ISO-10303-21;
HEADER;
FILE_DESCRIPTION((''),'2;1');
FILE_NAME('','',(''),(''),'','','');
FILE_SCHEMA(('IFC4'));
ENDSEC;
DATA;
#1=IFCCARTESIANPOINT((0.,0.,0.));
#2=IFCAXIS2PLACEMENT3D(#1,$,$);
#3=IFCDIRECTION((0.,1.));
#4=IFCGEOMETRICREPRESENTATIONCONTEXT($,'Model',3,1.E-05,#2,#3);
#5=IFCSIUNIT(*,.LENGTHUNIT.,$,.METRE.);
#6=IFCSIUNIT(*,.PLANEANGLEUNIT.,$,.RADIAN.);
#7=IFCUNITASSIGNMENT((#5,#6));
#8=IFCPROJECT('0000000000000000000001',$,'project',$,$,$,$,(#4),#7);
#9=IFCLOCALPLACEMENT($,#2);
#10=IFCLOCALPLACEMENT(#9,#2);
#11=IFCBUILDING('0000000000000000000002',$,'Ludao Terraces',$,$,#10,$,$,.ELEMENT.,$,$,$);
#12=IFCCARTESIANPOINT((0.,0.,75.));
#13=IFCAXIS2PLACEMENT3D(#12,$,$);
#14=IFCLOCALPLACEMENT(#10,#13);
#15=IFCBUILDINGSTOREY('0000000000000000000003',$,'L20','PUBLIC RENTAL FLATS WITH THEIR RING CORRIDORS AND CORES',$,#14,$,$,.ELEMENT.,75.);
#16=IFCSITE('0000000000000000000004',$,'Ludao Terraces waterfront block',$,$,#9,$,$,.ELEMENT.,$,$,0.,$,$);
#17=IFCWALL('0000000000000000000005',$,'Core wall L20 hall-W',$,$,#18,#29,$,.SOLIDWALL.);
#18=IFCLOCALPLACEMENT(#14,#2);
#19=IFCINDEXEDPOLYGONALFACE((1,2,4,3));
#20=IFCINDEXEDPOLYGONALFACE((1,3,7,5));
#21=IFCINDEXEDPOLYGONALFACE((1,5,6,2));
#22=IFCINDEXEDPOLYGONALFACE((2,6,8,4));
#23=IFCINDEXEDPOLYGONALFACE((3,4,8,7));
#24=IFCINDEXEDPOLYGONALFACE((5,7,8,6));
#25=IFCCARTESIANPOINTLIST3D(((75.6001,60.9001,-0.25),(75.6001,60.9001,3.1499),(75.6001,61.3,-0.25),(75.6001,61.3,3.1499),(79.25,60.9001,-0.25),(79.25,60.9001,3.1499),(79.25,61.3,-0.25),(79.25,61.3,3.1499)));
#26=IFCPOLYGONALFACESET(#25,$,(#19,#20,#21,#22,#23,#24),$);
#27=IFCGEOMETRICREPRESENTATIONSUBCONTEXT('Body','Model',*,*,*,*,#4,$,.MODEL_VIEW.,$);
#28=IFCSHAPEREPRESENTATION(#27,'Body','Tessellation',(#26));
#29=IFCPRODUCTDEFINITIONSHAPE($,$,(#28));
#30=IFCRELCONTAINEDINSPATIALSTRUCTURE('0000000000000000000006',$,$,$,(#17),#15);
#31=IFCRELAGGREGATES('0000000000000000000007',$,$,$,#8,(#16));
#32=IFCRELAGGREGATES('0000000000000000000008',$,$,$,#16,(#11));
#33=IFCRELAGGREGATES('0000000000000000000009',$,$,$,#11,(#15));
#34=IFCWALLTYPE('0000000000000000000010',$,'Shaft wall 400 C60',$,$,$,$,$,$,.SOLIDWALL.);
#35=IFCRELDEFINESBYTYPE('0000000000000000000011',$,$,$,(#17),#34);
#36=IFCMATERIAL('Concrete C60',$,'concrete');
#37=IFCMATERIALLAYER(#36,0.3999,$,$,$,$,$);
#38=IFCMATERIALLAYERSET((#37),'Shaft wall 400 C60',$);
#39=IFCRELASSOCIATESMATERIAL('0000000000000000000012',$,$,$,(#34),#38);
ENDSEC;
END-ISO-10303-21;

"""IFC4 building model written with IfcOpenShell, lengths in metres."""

from ifc_helpers import new_model, si_unit, direction, frame, frame_2d, origin, place, context, subcontext, project, spatial, rectangle, extrude, material, layer, layer_set, type_object, element, save


model = new_model("IFC4")

# Units and contexts
model_context = context("Model", 3, precision=1e-05, world=origin(), true_north=direction((0.0, 1.0)))
body_context = subcontext(model_context, "Body", "Model", "MODEL_VIEW")
ifc_project = project(units=[si_unit("LENGTHUNIT", "METRE"), si_unit("PLANEANGLEUNIT", "RADIAN")], contexts=[model_context])

# Site, building, storey
site_placement = place(None, origin())
site = spatial("IfcSite", under=ifc_project, at=site_placement, Name="Ludao Terraces waterfront block", CompositionType="ELEMENT", RefElevation=0.0)
building_placement = place(site_placement, origin())
building = spatial("IfcBuilding", under=site, at=building_placement, Name="Ludao Terraces", CompositionType="ELEMENT")
storey_placement = place(building_placement, frame((0.0, 0.0, 75.0)))
storey = spatial("IfcBuildingStorey", under=building, at=storey_placement, Name="L20", Description="PUBLIC RENTAL FLATS WITH THEIR RING CORRIDORS AND CORES", CompositionType="ELEMENT", Elevation=75.0)

# Shared definitions
ifc_material_1 = material(Name="Concrete C60", Category="concrete")
ifc_layer_1 = layer(ifc_material_1, 0.3999)
ifc_layer_set_1 = layer_set([ifc_layer_1], Name="Shaft wall 400 C60")
wall_type_1 = type_object("IfcWallType", Name="Shaft wall 400 C60", PredefinedType="SOLIDWALL", material=ifc_layer_set_1)

# Wall
wall_1_placement = place(storey_placement, frame((75.6001, 61.1001, -0.25), z_axis=(0.0, 0.0, 1.0), x_axis=(1.0, 0.0, 0.0)))
element("IfcWall", 1, at=wall_1_placement, inside=storey, type_object=wall_type_1, Name="Core wall L20 hall-W", PredefinedType="SOLIDWALL", context=body_context, shape_type="SweptSolid", body=[
    extrude(rectangle(XDim=3.6499, YDim=0.3999, at=frame_2d((1.825, 0.0))), origin(), (0.0, 0.0, 1.0), 3.3999),
])

save(model, "model.ifc")
